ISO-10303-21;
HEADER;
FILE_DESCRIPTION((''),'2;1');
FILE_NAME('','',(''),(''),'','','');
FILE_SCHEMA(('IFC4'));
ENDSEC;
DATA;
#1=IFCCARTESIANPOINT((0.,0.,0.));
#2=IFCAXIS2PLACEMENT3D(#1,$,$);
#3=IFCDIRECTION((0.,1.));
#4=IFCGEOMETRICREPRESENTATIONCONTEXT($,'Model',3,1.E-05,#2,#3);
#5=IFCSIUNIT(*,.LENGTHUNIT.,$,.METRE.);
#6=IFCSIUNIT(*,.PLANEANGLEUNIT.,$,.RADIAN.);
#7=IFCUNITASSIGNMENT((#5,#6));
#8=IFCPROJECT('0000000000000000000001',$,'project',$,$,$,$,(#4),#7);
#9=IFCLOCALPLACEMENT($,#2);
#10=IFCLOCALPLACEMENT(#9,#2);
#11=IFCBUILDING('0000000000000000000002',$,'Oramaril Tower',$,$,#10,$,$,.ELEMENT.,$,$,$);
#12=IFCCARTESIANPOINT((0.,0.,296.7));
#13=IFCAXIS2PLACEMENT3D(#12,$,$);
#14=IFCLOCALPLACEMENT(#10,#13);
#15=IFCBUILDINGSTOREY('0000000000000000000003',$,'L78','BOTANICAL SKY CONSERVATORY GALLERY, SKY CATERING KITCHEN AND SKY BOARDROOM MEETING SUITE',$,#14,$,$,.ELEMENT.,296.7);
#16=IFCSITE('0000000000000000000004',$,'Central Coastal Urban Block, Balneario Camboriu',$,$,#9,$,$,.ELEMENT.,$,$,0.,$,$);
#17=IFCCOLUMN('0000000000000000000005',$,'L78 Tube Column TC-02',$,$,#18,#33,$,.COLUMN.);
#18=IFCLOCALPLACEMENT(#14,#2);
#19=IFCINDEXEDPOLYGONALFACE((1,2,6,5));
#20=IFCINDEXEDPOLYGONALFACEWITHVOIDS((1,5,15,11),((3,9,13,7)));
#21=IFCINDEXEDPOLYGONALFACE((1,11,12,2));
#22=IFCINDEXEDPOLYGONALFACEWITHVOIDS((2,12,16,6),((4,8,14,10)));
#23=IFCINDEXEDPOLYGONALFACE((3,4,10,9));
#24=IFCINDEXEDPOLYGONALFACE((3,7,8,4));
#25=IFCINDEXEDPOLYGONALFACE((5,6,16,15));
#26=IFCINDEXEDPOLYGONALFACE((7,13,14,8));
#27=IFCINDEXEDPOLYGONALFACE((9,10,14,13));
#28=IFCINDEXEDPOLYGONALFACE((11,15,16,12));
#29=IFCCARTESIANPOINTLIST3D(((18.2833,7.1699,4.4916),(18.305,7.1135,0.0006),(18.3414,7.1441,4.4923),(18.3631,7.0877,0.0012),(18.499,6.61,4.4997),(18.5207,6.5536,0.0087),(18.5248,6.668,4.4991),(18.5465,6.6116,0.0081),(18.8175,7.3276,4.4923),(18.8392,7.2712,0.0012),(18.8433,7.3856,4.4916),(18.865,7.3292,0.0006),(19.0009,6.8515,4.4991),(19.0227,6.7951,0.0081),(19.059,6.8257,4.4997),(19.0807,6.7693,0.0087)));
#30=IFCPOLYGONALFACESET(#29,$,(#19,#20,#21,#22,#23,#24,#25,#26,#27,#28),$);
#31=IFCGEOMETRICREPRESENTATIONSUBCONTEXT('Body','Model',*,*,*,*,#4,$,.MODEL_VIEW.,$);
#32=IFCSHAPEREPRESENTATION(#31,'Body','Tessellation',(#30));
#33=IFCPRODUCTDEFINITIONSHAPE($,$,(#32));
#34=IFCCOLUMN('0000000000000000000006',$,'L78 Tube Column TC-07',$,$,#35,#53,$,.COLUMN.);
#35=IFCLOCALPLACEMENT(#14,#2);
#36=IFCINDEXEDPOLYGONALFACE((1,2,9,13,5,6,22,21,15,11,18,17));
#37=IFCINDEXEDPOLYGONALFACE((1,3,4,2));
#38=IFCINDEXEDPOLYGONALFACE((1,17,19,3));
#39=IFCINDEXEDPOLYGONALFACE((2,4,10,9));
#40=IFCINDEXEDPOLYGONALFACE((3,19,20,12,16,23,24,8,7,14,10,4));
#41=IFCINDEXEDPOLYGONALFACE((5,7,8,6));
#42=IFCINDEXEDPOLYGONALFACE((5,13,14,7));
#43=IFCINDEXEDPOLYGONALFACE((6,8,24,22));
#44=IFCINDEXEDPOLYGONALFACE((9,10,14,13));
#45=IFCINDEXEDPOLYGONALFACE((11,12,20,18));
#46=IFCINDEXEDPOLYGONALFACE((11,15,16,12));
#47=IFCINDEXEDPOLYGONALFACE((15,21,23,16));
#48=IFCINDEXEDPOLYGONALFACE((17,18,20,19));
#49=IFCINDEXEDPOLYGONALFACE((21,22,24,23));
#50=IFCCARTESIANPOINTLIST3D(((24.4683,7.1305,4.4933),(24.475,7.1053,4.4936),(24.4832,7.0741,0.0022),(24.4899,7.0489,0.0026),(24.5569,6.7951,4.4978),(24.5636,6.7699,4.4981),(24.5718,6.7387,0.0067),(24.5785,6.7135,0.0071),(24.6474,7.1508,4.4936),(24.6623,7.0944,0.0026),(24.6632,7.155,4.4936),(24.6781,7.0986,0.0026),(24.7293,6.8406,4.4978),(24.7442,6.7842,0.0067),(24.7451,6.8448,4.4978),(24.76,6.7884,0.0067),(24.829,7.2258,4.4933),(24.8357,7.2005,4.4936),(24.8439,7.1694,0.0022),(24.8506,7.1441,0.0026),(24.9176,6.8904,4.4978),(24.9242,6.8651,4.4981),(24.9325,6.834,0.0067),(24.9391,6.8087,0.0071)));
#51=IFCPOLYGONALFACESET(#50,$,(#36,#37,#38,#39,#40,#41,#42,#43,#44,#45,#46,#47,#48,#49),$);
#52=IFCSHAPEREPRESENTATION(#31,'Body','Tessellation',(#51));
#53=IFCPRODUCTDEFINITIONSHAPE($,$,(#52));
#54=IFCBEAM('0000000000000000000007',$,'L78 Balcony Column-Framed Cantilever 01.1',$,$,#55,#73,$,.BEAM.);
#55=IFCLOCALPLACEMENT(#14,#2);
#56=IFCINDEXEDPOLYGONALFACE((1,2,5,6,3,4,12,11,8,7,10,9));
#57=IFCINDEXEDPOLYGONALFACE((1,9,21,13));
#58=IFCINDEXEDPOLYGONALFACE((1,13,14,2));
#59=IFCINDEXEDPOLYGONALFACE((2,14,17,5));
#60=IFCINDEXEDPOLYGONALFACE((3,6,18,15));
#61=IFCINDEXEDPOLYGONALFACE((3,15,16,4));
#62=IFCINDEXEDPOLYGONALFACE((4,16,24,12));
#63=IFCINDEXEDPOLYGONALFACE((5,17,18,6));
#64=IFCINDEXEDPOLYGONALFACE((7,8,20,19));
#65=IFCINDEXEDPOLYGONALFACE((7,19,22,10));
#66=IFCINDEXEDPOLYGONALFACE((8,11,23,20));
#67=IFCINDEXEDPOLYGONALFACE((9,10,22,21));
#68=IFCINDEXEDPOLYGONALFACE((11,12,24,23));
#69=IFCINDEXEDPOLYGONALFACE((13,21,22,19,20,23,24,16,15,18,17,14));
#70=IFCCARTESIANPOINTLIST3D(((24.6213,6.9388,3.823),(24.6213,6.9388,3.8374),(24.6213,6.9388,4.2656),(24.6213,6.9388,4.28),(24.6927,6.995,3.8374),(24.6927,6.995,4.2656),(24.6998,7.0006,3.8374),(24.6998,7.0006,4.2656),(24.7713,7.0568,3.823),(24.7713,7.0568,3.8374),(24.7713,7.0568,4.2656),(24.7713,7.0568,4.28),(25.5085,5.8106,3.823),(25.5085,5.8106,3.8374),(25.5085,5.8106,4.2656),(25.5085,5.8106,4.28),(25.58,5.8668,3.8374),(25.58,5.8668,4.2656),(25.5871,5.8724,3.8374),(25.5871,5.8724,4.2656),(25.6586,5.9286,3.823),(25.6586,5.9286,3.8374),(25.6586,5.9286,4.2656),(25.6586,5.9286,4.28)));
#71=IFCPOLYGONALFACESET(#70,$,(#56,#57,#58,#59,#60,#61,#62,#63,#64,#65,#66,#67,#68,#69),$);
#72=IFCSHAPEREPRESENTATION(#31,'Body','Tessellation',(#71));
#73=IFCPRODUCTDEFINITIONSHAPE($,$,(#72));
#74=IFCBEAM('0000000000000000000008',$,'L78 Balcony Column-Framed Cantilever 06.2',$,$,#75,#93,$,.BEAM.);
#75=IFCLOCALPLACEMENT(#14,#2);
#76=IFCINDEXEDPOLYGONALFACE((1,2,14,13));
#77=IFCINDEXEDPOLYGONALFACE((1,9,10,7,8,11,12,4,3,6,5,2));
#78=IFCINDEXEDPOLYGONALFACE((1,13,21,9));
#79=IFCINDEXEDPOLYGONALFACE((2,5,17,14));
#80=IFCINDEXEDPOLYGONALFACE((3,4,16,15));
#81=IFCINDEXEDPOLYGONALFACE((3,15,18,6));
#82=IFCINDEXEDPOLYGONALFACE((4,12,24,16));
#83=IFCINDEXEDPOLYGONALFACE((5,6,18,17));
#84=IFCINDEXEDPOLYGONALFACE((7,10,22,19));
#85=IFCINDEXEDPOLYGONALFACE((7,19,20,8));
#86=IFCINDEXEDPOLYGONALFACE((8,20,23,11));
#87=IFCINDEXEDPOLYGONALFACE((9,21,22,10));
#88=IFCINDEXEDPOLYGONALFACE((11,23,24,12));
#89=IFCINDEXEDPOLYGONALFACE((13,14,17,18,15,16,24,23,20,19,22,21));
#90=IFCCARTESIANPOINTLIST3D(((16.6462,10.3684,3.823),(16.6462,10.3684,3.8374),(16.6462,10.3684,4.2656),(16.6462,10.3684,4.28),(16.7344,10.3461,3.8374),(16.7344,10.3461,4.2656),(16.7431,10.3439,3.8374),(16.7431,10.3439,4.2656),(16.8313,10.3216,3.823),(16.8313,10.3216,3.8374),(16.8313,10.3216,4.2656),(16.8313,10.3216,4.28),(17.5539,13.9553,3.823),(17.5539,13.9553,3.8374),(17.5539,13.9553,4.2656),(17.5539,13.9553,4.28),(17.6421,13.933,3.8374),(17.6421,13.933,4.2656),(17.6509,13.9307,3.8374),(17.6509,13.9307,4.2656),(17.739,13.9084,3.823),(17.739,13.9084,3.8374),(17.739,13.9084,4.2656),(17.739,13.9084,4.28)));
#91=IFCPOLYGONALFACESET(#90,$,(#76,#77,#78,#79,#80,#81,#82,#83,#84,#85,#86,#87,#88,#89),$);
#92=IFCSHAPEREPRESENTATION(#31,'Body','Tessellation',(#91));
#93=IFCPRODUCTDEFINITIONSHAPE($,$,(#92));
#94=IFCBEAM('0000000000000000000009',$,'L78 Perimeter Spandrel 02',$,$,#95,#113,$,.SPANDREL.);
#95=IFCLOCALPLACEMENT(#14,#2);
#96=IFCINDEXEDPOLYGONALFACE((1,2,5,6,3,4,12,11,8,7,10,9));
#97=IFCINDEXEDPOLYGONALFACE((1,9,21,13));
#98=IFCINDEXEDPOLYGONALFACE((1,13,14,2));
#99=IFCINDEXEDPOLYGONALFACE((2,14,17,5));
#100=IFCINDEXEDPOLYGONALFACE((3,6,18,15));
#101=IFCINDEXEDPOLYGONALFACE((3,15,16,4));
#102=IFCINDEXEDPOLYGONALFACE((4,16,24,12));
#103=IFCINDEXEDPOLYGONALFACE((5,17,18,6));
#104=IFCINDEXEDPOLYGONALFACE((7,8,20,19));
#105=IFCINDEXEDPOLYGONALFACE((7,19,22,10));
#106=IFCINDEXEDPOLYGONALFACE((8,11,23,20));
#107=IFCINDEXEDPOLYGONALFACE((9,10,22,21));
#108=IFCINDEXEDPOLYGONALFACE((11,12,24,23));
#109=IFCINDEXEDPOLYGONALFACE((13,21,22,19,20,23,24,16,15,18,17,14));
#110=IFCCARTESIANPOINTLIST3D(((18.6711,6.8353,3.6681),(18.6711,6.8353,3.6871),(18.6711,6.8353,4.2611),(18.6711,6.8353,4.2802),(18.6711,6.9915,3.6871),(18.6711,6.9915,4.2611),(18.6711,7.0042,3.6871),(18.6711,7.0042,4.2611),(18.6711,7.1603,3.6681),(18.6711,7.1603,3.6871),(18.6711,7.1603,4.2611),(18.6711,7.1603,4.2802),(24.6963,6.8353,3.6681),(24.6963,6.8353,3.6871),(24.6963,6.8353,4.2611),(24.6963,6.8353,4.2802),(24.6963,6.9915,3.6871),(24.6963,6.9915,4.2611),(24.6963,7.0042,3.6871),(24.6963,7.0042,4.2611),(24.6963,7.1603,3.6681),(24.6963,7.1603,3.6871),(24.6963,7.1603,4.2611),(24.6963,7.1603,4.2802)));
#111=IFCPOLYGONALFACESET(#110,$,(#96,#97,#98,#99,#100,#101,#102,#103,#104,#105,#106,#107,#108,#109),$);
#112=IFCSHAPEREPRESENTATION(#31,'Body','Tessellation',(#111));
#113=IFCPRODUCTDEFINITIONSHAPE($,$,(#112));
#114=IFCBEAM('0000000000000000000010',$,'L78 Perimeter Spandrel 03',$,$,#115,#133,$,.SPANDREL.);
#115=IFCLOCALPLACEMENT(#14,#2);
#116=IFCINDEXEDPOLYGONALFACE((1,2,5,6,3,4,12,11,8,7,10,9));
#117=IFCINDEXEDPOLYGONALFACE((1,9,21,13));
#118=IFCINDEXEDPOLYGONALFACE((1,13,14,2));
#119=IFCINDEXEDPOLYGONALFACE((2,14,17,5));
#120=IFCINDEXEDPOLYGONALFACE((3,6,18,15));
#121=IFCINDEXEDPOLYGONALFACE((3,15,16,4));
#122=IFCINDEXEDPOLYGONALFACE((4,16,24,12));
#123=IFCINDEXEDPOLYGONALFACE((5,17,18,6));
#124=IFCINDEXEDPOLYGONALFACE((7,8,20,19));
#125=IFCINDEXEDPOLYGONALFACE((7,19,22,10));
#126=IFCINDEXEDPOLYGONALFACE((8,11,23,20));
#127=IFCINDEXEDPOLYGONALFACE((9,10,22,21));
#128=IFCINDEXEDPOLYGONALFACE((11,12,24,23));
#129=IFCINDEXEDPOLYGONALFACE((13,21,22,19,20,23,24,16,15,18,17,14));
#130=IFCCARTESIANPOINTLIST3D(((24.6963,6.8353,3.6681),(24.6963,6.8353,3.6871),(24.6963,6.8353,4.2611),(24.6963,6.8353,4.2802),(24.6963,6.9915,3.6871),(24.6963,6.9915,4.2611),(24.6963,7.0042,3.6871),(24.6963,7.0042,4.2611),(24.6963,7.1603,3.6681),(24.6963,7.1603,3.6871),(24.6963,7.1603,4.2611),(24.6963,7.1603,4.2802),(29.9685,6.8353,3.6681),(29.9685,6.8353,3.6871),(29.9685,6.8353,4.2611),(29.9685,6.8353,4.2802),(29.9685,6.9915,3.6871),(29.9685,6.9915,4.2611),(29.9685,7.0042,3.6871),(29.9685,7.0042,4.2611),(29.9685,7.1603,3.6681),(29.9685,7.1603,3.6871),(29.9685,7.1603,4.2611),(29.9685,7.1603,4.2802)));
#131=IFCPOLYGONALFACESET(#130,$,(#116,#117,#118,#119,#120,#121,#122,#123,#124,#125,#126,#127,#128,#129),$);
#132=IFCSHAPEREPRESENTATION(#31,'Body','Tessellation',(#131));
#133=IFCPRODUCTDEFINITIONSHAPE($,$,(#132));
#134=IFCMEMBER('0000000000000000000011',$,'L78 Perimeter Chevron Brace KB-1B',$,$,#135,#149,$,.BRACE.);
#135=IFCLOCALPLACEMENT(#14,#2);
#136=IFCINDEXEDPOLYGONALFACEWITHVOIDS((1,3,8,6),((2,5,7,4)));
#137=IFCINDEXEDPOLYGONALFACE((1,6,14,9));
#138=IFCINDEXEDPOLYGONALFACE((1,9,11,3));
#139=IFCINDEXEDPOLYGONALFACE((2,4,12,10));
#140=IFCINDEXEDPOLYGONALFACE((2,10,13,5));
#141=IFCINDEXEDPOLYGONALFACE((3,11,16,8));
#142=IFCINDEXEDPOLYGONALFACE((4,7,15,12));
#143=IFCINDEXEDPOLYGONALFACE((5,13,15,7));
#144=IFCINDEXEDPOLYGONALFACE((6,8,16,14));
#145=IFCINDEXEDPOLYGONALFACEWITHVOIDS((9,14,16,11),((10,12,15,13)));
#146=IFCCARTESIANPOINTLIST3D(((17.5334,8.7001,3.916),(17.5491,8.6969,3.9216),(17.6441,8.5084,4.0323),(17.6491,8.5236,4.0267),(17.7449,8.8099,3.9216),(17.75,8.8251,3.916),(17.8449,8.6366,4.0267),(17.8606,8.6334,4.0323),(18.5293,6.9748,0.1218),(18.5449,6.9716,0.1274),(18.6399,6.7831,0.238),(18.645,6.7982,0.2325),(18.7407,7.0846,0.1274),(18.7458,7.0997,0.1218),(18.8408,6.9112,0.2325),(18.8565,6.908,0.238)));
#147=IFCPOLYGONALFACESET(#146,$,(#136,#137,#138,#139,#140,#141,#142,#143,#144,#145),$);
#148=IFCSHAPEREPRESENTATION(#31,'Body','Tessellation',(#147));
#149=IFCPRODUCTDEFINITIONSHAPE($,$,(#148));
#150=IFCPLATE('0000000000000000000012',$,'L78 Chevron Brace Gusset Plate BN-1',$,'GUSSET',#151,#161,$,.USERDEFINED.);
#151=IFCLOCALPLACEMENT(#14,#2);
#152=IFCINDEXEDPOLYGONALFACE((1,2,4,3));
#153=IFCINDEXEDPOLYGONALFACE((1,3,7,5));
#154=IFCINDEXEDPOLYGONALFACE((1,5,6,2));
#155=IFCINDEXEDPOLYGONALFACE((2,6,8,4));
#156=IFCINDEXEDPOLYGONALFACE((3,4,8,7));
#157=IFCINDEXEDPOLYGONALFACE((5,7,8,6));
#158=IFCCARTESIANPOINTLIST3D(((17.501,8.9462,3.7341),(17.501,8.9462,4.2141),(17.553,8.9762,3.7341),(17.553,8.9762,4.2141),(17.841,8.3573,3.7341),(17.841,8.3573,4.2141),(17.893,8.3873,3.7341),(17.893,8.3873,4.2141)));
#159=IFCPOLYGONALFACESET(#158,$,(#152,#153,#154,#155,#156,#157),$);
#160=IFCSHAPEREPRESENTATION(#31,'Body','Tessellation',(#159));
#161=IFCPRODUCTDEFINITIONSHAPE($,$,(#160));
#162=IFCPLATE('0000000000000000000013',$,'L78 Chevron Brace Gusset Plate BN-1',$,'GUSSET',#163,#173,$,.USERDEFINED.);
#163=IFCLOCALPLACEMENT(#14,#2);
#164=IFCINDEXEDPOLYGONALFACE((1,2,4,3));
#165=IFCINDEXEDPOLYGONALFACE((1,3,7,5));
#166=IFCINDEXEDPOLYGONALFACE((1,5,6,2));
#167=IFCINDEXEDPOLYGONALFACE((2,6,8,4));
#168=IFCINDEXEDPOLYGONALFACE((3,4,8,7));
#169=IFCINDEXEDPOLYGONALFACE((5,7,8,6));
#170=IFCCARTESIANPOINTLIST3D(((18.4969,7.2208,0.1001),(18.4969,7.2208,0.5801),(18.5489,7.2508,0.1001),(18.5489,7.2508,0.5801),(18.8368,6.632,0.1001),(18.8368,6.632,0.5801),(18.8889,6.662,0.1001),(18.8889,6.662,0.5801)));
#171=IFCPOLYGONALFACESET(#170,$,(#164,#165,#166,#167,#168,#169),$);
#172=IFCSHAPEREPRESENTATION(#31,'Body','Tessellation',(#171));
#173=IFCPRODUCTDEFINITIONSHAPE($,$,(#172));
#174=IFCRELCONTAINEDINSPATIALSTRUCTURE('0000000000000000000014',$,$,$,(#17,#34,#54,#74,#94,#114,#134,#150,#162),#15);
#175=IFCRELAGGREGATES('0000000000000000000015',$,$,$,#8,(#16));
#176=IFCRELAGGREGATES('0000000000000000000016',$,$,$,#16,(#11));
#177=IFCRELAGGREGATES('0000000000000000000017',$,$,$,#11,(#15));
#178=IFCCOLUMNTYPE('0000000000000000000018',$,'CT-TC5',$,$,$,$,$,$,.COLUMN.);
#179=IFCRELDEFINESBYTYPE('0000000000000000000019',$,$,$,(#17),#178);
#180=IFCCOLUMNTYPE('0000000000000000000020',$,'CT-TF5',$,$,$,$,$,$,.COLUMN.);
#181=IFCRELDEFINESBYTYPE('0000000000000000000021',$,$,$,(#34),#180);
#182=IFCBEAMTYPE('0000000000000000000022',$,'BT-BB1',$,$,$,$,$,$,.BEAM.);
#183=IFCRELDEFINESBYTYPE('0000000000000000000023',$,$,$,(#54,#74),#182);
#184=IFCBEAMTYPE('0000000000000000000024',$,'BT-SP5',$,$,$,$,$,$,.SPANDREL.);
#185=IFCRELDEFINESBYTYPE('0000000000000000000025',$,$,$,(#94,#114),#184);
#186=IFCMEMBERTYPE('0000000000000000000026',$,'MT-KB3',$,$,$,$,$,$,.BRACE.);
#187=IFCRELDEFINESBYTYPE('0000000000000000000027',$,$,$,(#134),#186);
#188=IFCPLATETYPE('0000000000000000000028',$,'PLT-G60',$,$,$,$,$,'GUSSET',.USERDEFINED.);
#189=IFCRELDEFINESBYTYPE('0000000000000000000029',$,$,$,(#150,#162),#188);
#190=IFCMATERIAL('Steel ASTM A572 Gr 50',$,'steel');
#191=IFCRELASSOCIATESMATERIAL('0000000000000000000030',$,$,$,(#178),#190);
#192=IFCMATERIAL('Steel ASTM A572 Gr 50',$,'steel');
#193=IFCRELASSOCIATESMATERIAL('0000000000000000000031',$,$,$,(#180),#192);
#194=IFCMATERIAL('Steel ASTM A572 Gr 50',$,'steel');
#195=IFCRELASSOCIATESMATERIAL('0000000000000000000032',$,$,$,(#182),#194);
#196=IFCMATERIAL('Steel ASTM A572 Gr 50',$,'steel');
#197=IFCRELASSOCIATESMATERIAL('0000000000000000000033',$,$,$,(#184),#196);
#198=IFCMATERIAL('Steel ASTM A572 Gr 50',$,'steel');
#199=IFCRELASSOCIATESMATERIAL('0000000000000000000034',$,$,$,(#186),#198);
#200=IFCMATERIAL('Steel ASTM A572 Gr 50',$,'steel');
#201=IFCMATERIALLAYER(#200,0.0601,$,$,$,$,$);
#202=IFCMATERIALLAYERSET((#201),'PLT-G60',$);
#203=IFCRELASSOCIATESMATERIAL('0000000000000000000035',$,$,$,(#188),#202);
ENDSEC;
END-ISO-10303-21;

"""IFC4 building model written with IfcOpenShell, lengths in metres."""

from ifc_helpers import new_model, si_unit, direction, frame, origin, origin_2d, place, context, subcontext, project, spatial, rectangle, hollow_rectangle, i_section, extrude, material, layer, layer_set, material_profile, profile_set, type_object, element, save


model = new_model("IFC4")

# Units and contexts
model_context = context("Model", 3, precision=1e-05, world=origin(), true_north=direction((0.0, 1.0)))
body_context = subcontext(model_context, "Body", "Model", "MODEL_VIEW")
ifc_project = project(units=[si_unit("LENGTHUNIT", "METRE"), si_unit("PLANEANGLEUNIT", "RADIAN")], contexts=[model_context])

# Site, building, storey
site_placement = place(None, origin())
site = spatial("IfcSite", under=ifc_project, at=site_placement, Name="Central Coastal Urban Block, Balneario Camboriu", CompositionType="ELEMENT", RefElevation=0.0)
building_placement = place(site_placement, origin())
building = spatial("IfcBuilding", under=site, at=building_placement, Name="Oramaril Tower", CompositionType="ELEMENT")
storey_placement = place(building_placement, frame((0.0, 0.0, 296.7)))
storey = spatial("IfcBuildingStorey", under=building, at=storey_placement, Name="L78", Description="BOTANICAL SKY CONSERVATORY GALLERY, SKY CATERING KITCHEN AND SKY BOARDROOM MEETING SUITE", CompositionType="ELEMENT", Elevation=296.7)

# Columns
ifc_material_1 = material(Name="Steel ASTM A572 Gr 50", Category="steel")
ifc_material_profile_1 = material_profile(ifc_material_1, hollow_rectangle(XDim=0.6001, YDim=0.6001, WallThickness=0.0449, at=origin_2d()), Name="BOX600X600X45")
ifc_profile_set_1 = profile_set([ifc_material_profile_1], Name="Steel ASTM A572 Gr 50")
column_type_1 = type_object("IfcColumnType", Name="CT-TC5", PredefinedType="COLUMN", material=ifc_profile_set_1)
column_1_placement = place(storey_placement, frame((18.6929, 6.9414, 0.0046), z_axis=(-0.004838, 0.012557, 0.999909), x_axis=(-0.933137, -0.35952, 0.0)))
element("IfcColumn", 1, at=column_1_placement, inside=storey, type_object=column_type_1, Name="L78 Tube Column TC-02", PredefinedType="COLUMN", context=body_context, shape_type="SweptSolid", body=[
    extrude(hollow_rectangle(XDim=0.6001, YDim=0.6001, WallThickness=0.0449, at=origin_2d()), origin(), (0.0, 0.0, 1.0), 4.4915),
])
ifc_material_2 = material(Name="Steel ASTM A572 Gr 50", Category="steel")
ifc_material_profile_2 = material_profile(ifc_material_2, i_section(OverallWidth=0.373, OverallDepth=0.373, WebThickness=0.0164, FlangeThickness=0.0261, at=origin_2d()), Name="W14X132")
ifc_profile_set_2 = profile_set([ifc_material_profile_2], Name="Steel ASTM A572 Gr 50")
column_type_2 = type_object("IfcColumnType", Name="CT-TF5", PredefinedType="COLUMN", material=ifc_profile_set_2)
column_2_placement = place(storey_placement, frame((24.7112, 6.9414, 0.0046), z_axis=(-0.003316, 0.012557, 0.999916), x_axis=(-0.966857, -0.255317, 0.0)))
element("IfcColumn", 2, at=column_2_placement, inside=storey, type_object=column_type_2, Name="L78 Tube Column TC-07", PredefinedType="COLUMN", context=body_context, shape_type="SweptSolid", body=[
    extrude(i_section(OverallWidth=0.373, OverallDepth=0.373, WebThickness=0.0164, FlangeThickness=0.0261, at=origin_2d()), origin(), (0.0, 0.0, 1.0), 4.4915),
])

# Beams
ifc_material_3 = material(Name="Steel ASTM A572 Gr 50", Category="steel")
ifc_material_profile_3 = material_profile(ifc_material_3, i_section(OverallWidth=0.1909, OverallDepth=0.457, WebThickness=0.009, FlangeThickness=0.0144, at=origin_2d()), Name="W18X50")
ifc_profile_set_3 = profile_set([ifc_material_profile_3], Name="Steel ASTM A572 Gr 50")
beam_type_1 = type_object("IfcBeamType", Name="BT-BB1", PredefinedType="BEAM", material=ifc_profile_set_3)
beam_1_placement = place(storey_placement, frame((24.6963, 6.9978, 4.0515), z_axis=(0.61816, -0.786053, 0.0), x_axis=(0.786053, 0.61816, 0.0)))
element("IfcBeam", 3, at=beam_1_placement, inside=storey, type_object=beam_type_1, Name="L78 Balcony Column-Framed Cantilever 01.1", PredefinedType="BEAM", context=body_context, shape_type="SweptSolid", body=[
    extrude(i_section(OverallWidth=0.1909, OverallDepth=0.457, WebThickness=0.009, FlangeThickness=0.0144, at=origin_2d()), origin(), (0.0, 0.0, 1.0), 1.4353),
])
beam_2_placement = place(storey_placement, frame((16.7388, 10.345, 4.0515), z_axis=(0.245329, 0.96944, 0.0), x_axis=(-0.96944, 0.245329, 0.0)))
element("IfcBeam", 4, at=beam_2_placement, inside=storey, type_object=beam_type_1, Name="L78 Balcony Column-Framed Cantilever 06.2", PredefinedType="BEAM", context=body_context, shape_type="SweptSolid", body=[
    extrude(i_section(OverallWidth=0.1909, OverallDepth=0.457, WebThickness=0.009, FlangeThickness=0.0144, at=origin_2d()), origin(), (0.0, 0.0, 1.0), 3.7),
])
ifc_material_4 = material(Name="Steel ASTM A572 Gr 50", Category="steel")
ifc_material_profile_4 = material_profile(ifc_material_4, i_section(OverallWidth=0.325, OverallDepth=0.6121, WebThickness=0.0127, FlangeThickness=0.019, at=origin_2d()), Name="W24X104")
ifc_profile_set_4 = profile_set([ifc_material_profile_4], Name="Steel ASTM A572 Gr 50")
beam_type_2 = type_object("IfcBeamType", Name="BT-SP5", PredefinedType="SPANDREL", material=ifc_profile_set_4)
beam_3_placement = place(storey_placement, frame((18.6711, 6.9978, 3.9741), z_axis=(1.0, 0.0, 0.0), x_axis=(0.0, 1.0, 0.0)))
element("IfcBeam", 5, at=beam_3_placement, inside=storey, type_object=beam_type_2, Name="L78 Perimeter Spandrel 02", PredefinedType="SPANDREL", context=body_context, shape_type="SweptSolid", body=[
    extrude(i_section(OverallWidth=0.325, OverallDepth=0.6121, WebThickness=0.0127, FlangeThickness=0.019, at=origin_2d()), origin(), (0.0, 0.0, 1.0), 6.0251),
])
beam_4_placement = place(storey_placement, frame((24.6963, 6.9978, 3.9741), z_axis=(1.0, 0.0, 0.0), x_axis=(0.0, 1.0, 0.0)))
element("IfcBeam", 6, at=beam_4_placement, inside=storey, type_object=beam_type_2, Name="L78 Perimeter Spandrel 03", PredefinedType="SPANDREL", context=body_context, shape_type="SweptSolid", body=[
    extrude(i_section(OverallWidth=0.325, OverallDepth=0.6121, WebThickness=0.0127, FlangeThickness=0.019, at=origin_2d()), origin(), (0.0, 0.0, 1.0), 5.2722),
])

# Member
ifc_material_5 = material(Name="Steel ASTM A572 Gr 50", Category="steel")
ifc_material_profile_5 = material_profile(ifc_material_5, hollow_rectangle(XDim=0.25, YDim=0.25, WallThickness=0.012, at=origin_2d()), Name="HSS250X250X12")
ifc_profile_set_5 = profile_set([ifc_material_profile_5], Name="Steel ASTM A572 Gr 50")
member_type = type_object("IfcMemberType", Name="MT-KB3", PredefinedType="BRACE", material=ifc_profile_set_5)
member_placement = place(storey_placement, frame((18.6929, 6.9414, 0.1799), z_axis=(-0.232384, 0.402612, 0.885382), x_axis=(-0.866086, -0.499896, 0.0)))
element("IfcMember", 7, at=member_placement, inside=storey, type_object=member_type, Name="L78 Perimeter Chevron Brace KB-1B", PredefinedType="BRACE", context=body_context, shape_type="SweptSolid", body=[
    extrude(hollow_rectangle(XDim=0.25, YDim=0.25, WallThickness=0.012, at=origin_2d()), origin(), (0.0, 0.0, 1.0), 4.2854),
])

# Plates
ifc_material_6 = material(Name="Steel ASTM A572 Gr 50", Category="steel")
ifc_layer_1 = layer(ifc_material_6, 0.0601)
ifc_layer_set_1 = layer_set([ifc_layer_1], Name="PLT-G60")
plate_type = type_object("IfcPlateType", Name="PLT-G60", ElementType="GUSSET", PredefinedType="USERDEFINED", material=ifc_layer_set_1)
for number, where, z_axis, x_axis, name in (
    (8, (17.697, 8.6667, 3.7341), (0.0, 0.0, 1.0), (0.499991, -0.866031, 0.0), "L78 Chevron Brace Gusset Plate BN-1"),
    (9, (18.6929, 6.9414, 0.1001), (0.0, 0.0, 1.0), (0.499991, -0.866031, 0.0), "L78 Chevron Brace Gusset Plate BN-1"),
):
    element("IfcPlate", number, at=place(storey_placement, frame(where, z_axis=z_axis, x_axis=x_axis)), inside=storey, type_object=plate_type, Name=name, ObjectType="GUSSET", PredefinedType="USERDEFINED", context=body_context, shape_type="SweptSolid", body=[
        extrude(rectangle(XDim=0.6799, YDim=0.0601, at=origin_2d()), origin(), (0.0, 0.0, 1.0), 0.48),
    ])

save(model, "model.ifc")
